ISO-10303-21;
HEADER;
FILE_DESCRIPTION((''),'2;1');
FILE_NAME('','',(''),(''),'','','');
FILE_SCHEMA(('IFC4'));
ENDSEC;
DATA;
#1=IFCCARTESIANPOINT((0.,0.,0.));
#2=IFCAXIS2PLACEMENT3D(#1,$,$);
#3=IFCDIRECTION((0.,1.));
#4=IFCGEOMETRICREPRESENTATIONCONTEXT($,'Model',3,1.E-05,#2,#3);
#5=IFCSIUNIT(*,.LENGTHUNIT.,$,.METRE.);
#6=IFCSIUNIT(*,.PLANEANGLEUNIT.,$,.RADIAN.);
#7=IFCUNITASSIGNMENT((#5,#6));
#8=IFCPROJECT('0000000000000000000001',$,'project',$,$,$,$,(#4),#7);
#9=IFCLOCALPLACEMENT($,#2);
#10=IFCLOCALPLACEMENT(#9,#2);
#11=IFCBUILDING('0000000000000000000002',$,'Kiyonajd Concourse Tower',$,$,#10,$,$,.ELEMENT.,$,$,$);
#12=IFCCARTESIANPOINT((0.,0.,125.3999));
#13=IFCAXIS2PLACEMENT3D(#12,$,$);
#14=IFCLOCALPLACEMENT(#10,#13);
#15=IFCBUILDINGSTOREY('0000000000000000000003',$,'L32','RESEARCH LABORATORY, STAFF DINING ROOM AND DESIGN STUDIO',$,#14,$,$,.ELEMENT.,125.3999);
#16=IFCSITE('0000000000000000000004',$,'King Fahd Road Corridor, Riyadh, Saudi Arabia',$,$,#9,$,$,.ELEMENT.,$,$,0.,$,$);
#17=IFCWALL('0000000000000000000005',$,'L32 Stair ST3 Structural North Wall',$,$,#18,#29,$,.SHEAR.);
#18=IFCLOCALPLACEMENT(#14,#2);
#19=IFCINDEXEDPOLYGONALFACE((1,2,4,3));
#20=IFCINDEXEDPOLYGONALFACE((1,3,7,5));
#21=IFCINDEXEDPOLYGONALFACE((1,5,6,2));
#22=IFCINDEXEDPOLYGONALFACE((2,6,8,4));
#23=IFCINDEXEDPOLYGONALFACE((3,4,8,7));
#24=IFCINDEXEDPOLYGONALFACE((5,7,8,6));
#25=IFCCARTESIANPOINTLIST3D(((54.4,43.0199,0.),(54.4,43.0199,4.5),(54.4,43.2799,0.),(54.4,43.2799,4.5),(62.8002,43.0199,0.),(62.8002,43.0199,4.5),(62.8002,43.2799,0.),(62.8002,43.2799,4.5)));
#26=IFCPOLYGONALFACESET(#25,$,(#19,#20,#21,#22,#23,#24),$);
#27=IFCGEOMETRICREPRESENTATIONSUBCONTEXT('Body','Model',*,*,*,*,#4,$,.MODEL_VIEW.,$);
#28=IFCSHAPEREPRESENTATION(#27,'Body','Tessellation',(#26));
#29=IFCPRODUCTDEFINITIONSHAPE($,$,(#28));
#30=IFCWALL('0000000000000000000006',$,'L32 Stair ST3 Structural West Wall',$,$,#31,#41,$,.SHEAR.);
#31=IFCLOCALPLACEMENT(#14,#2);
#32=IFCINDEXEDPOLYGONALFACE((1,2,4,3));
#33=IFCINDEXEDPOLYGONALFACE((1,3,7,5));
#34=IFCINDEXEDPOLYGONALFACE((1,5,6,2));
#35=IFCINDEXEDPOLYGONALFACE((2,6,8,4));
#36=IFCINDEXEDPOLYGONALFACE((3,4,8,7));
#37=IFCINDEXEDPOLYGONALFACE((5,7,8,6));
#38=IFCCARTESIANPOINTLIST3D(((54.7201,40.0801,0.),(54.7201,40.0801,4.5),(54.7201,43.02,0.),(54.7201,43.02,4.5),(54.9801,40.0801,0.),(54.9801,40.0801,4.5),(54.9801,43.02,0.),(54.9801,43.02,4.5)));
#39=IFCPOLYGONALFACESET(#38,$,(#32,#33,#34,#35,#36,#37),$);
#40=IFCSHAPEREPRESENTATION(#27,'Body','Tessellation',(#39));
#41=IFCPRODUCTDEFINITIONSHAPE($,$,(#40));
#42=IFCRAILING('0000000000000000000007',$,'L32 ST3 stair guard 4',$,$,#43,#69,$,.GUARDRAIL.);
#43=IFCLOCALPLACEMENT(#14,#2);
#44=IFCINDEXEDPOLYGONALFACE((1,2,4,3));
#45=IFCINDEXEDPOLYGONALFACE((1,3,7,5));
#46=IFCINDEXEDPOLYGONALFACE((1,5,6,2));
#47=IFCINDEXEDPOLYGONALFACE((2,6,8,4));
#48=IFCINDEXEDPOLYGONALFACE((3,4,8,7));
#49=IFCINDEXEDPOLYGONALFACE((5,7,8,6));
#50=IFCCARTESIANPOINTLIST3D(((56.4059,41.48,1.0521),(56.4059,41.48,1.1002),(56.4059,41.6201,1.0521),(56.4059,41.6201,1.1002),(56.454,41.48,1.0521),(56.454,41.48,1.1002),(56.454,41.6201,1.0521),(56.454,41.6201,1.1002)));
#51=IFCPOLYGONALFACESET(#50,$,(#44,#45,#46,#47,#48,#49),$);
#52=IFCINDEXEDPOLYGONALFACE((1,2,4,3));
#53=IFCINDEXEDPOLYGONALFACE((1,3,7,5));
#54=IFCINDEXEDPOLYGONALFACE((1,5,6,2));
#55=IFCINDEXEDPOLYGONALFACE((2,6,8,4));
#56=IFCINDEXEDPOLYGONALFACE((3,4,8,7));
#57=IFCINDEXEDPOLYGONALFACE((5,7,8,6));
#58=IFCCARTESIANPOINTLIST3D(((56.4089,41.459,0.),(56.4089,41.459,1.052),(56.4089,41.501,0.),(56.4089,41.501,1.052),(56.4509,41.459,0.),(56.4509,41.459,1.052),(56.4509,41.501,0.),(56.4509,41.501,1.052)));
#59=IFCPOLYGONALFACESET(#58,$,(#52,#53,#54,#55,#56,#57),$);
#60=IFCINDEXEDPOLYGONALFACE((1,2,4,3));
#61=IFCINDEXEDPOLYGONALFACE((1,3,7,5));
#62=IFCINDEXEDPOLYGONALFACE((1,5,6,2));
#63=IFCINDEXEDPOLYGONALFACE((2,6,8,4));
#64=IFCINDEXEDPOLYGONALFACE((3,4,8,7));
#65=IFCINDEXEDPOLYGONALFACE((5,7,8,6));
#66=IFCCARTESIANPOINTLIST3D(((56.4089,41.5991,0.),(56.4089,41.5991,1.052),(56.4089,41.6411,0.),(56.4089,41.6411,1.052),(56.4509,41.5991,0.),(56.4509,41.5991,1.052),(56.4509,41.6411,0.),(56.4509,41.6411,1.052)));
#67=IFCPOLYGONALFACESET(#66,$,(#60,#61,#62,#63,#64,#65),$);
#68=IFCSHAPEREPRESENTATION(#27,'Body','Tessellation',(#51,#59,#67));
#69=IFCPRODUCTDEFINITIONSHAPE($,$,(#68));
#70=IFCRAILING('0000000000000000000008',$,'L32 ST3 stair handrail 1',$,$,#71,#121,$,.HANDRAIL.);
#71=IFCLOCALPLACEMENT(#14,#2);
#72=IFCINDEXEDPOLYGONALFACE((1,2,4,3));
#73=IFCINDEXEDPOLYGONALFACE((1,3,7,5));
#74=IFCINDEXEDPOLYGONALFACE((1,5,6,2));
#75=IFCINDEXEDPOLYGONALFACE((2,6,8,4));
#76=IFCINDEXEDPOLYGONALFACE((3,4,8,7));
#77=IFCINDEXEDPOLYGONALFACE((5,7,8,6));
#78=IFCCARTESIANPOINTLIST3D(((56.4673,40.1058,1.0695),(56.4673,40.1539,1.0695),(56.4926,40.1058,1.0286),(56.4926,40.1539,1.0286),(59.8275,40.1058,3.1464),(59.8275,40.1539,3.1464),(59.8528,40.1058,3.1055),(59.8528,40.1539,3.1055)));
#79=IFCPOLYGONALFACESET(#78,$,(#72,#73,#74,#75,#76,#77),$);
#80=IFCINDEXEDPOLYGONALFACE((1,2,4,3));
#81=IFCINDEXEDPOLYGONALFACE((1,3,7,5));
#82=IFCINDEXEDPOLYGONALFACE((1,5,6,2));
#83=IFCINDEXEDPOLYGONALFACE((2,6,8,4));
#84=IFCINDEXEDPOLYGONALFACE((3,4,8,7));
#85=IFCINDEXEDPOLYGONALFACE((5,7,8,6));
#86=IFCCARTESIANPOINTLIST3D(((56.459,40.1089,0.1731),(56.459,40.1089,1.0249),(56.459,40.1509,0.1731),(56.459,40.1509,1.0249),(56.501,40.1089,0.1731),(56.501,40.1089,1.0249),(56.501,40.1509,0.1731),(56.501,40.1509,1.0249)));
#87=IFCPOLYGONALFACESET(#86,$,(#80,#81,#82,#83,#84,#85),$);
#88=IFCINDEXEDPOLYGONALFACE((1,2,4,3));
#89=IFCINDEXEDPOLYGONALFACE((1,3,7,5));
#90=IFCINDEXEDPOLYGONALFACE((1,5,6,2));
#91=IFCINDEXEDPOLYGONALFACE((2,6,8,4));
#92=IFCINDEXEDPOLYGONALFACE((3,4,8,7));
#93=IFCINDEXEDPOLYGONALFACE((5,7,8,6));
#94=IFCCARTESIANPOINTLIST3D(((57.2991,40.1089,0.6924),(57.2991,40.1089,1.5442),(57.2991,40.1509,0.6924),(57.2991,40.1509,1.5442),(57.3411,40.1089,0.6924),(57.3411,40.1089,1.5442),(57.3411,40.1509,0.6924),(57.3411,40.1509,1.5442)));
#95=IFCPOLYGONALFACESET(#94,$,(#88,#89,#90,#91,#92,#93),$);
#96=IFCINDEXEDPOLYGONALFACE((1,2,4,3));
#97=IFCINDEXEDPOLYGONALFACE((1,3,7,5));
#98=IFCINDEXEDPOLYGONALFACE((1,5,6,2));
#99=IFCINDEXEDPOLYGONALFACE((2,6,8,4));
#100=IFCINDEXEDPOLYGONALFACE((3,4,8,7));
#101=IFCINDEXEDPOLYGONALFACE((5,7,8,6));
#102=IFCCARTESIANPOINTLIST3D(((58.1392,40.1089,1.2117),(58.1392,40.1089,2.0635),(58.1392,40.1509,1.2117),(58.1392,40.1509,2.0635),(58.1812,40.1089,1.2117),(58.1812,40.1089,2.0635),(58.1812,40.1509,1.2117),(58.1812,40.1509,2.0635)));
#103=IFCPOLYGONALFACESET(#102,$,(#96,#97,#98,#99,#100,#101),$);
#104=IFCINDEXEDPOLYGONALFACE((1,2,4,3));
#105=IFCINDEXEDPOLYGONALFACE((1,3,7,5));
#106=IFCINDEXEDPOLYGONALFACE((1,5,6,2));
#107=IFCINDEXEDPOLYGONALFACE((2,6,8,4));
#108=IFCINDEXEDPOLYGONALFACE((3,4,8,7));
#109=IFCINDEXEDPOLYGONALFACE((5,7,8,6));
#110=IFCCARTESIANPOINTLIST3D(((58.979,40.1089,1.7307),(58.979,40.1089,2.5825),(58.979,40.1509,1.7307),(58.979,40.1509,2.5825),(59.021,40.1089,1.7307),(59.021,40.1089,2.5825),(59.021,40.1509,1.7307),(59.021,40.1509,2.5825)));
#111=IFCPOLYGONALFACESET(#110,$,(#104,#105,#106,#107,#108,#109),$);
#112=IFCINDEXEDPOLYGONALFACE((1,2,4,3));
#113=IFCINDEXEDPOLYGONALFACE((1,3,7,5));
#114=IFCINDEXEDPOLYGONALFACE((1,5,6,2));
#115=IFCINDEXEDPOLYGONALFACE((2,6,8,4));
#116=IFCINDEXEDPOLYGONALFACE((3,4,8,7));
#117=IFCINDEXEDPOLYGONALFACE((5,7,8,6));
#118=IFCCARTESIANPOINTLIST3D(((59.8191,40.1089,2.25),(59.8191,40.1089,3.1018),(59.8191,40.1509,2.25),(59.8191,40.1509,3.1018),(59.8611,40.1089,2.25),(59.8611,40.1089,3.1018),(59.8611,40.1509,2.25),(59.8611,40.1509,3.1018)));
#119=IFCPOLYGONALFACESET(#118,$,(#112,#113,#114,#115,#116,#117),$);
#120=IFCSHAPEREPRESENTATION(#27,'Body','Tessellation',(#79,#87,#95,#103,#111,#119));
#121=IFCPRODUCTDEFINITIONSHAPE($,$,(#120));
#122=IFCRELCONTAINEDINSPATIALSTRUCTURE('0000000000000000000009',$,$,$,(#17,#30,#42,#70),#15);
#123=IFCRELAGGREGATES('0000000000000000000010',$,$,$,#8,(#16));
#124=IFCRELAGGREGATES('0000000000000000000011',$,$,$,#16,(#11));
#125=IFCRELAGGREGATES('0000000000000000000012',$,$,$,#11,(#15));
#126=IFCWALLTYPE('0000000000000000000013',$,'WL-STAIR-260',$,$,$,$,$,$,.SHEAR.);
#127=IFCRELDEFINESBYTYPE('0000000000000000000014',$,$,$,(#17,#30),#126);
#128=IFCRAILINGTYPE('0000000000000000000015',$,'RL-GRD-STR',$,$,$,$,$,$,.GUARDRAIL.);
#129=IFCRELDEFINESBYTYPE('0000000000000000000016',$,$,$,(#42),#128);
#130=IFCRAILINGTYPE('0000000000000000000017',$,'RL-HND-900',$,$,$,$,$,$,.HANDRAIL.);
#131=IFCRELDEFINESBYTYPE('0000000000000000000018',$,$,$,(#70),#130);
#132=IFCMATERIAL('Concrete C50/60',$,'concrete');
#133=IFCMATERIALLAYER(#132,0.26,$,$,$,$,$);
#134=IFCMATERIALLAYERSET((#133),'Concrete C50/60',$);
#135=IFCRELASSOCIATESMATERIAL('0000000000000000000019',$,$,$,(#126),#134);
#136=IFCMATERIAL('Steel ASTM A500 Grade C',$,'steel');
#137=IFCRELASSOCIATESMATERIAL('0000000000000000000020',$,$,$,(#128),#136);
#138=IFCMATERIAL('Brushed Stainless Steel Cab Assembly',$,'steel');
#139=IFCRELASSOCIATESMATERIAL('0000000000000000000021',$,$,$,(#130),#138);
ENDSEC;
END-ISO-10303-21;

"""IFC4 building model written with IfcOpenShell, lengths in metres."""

from ifc_helpers import new_model, si_unit, direction, frame, frame_2d, origin, origin_2d, place, context, subcontext, project, spatial, rectangle, extrude, material, layer, layer_set, type_object, element, save


model = new_model("IFC4")

# Units and contexts
model_context = context("Model", 3, precision=1e-05, world=origin(), true_north=direction((0.0, 1.0)))
body_context = subcontext(model_context, "Body", "Model", "MODEL_VIEW")
ifc_project = project(units=[si_unit("LENGTHUNIT", "METRE"), si_unit("PLANEANGLEUNIT", "RADIAN")], contexts=[model_context])

# Site, building, storey
site_placement = place(None, origin())
site = spatial("IfcSite", under=ifc_project, at=site_placement, Name="King Fahd Road Corridor, Riyadh, Saudi Arabia", CompositionType="ELEMENT", RefElevation=0.0)
building_placement = place(site_placement, origin())
building = spatial("IfcBuilding", under=site, at=building_placement, Name="Kiyonajd Concourse Tower", CompositionType="ELEMENT")
storey_placement = place(building_placement, frame((0.0, 0.0, 125.3999)))
storey = spatial("IfcBuildingStorey", under=building, at=storey_placement, Name="L32", Description="RESEARCH LABORATORY, STAFF DINING ROOM AND DESIGN STUDIO", CompositionType="ELEMENT", Elevation=125.3999)

# Shared definitions
ifc_material_1 = material(Name="Concrete C50/60", Category="concrete")

# Shared definitions
ifc_material_2 = material(Name="Brushed Stainless Steel Cab Assembly", Category="steel")

# Shared definitions
ifc_layer_1 = layer(ifc_material_1, 0.26)
ifc_layer_set_1 = layer_set([ifc_layer_1], Name="Concrete C50/60")
wall_type_1 = type_object("IfcWallType", Name="WL-STAIR-260", PredefinedType="SHEAR", material=ifc_layer_set_1)

# Walls
wall_1_placement = place(storey_placement, frame((54.3999, 43.1499, 0.0), z_axis=(0.0, 0.0, 1.0), x_axis=(1.0, 0.0, 0.0)))
element("IfcWall", 1, at=wall_1_placement, inside=storey, type_object=wall_type_1, Name="L32 Stair ST3 Structural North Wall", PredefinedType="SHEAR", context=body_context, shape_type="SweptSolid", body=[
    extrude(rectangle(XDim=8.4001, YDim=0.26, at=frame_2d((4.2002, 0.0))), origin(), (0.0, 0.0, 1.0), 4.5),
])
wall_2_placement = place(storey_placement, frame((54.8501, 40.0801, 0.0), z_axis=(0.0, 0.0, 1.0), x_axis=(0.0, 1.0, 0.0)))
element("IfcWall", 2, at=wall_2_placement, inside=storey, type_object=wall_type_1, Name="L32 Stair ST3 Structural West Wall", PredefinedType="SHEAR", context=body_context, shape_type="SweptSolid", body=[
    extrude(rectangle(XDim=2.9399, YDim=0.26, at=frame_2d((1.47, 0.0))), origin(), (0.0, 0.0, 1.0), 4.5),
])

# Railings
ifc_material_3 = material(Name="Steel ASTM A500 Grade C", Category="steel")
railing_type_1 = type_object("IfcRailingType", Name="RL-GRD-STR", PredefinedType="GUARDRAIL", material=ifc_material_3)
railing_1_placement = place(storey_placement, frame((56.4299, 41.48, 0.0)))
element("IfcRailing", 3, at=railing_1_placement, inside=storey, type_object=railing_type_1, Name="L32 ST3 stair guard 4", PredefinedType="GUARDRAIL", context=body_context, shape_type="SweptSolid", body=[
    extrude(rectangle(XDim=0.0481, YDim=0.0481, at=origin_2d()), frame((0.0, 0.0, 1.0762), z_axis=(0.0, 1.0, 0.0), x_axis=(-1.0, 0.0, 0.0)), (0.0, 0.0, 1.0), 0.1401),
    extrude(rectangle(XDim=0.042, YDim=0.042, at=origin_2d()), origin(), (0.0, 0.0, 1.0), 1.052),
    extrude(rectangle(XDim=0.042, YDim=0.042, at=origin_2d()), frame((0.0, 0.1401, 0.0)), (0.0, 0.0, 1.0), 1.052),
])
railing_type_2 = type_object("IfcRailingType", Name="RL-HND-900", PredefinedType="HANDRAIL", material=ifc_material_2)
railing_2_placement = place(storey_placement, frame((56.48, 40.1299, 0.1731)))
element("IfcRailing", 4, at=railing_2_placement, inside=storey, type_object=railing_type_2, Name="L32 ST3 stair handrail 1", PredefinedType="HANDRAIL", context=body_context, shape_type="SweptSolid", body=[
    extrude(rectangle(XDim=0.0481, YDim=0.0481, at=origin_2d()), frame((0.0, 0.0, 0.876), z_axis=(0.850623, 0.0, 0.525776), x_axis=(0.0, 1.0, 0.0)), (0.0, 0.0, 1.0), 3.9502),
    extrude(rectangle(XDim=0.042, YDim=0.042, at=origin_2d()), origin(), (0.0, 0.0, 1.0), 0.8518),
    extrude(rectangle(XDim=0.042, YDim=0.042, at=origin_2d()), frame((0.8401, 0.0, 0.5193)), (0.0, 0.0, 1.0), 0.8518),
    extrude(rectangle(XDim=0.042, YDim=0.042, at=origin_2d()), frame((1.6802, 0.0, 1.0386)), (0.0, 0.0, 1.0), 0.8518),
    extrude(rectangle(XDim=0.042, YDim=0.042, at=origin_2d()), frame((2.52, 0.0, 1.5576)), (0.0, 0.0, 1.0), 0.8518),
    extrude(rectangle(XDim=0.042, YDim=0.042, at=origin_2d()), frame((3.3601, 0.0, 2.0769)), (0.0, 0.0, 1.0), 0.8518),
])

save(model, "model.ifc")
